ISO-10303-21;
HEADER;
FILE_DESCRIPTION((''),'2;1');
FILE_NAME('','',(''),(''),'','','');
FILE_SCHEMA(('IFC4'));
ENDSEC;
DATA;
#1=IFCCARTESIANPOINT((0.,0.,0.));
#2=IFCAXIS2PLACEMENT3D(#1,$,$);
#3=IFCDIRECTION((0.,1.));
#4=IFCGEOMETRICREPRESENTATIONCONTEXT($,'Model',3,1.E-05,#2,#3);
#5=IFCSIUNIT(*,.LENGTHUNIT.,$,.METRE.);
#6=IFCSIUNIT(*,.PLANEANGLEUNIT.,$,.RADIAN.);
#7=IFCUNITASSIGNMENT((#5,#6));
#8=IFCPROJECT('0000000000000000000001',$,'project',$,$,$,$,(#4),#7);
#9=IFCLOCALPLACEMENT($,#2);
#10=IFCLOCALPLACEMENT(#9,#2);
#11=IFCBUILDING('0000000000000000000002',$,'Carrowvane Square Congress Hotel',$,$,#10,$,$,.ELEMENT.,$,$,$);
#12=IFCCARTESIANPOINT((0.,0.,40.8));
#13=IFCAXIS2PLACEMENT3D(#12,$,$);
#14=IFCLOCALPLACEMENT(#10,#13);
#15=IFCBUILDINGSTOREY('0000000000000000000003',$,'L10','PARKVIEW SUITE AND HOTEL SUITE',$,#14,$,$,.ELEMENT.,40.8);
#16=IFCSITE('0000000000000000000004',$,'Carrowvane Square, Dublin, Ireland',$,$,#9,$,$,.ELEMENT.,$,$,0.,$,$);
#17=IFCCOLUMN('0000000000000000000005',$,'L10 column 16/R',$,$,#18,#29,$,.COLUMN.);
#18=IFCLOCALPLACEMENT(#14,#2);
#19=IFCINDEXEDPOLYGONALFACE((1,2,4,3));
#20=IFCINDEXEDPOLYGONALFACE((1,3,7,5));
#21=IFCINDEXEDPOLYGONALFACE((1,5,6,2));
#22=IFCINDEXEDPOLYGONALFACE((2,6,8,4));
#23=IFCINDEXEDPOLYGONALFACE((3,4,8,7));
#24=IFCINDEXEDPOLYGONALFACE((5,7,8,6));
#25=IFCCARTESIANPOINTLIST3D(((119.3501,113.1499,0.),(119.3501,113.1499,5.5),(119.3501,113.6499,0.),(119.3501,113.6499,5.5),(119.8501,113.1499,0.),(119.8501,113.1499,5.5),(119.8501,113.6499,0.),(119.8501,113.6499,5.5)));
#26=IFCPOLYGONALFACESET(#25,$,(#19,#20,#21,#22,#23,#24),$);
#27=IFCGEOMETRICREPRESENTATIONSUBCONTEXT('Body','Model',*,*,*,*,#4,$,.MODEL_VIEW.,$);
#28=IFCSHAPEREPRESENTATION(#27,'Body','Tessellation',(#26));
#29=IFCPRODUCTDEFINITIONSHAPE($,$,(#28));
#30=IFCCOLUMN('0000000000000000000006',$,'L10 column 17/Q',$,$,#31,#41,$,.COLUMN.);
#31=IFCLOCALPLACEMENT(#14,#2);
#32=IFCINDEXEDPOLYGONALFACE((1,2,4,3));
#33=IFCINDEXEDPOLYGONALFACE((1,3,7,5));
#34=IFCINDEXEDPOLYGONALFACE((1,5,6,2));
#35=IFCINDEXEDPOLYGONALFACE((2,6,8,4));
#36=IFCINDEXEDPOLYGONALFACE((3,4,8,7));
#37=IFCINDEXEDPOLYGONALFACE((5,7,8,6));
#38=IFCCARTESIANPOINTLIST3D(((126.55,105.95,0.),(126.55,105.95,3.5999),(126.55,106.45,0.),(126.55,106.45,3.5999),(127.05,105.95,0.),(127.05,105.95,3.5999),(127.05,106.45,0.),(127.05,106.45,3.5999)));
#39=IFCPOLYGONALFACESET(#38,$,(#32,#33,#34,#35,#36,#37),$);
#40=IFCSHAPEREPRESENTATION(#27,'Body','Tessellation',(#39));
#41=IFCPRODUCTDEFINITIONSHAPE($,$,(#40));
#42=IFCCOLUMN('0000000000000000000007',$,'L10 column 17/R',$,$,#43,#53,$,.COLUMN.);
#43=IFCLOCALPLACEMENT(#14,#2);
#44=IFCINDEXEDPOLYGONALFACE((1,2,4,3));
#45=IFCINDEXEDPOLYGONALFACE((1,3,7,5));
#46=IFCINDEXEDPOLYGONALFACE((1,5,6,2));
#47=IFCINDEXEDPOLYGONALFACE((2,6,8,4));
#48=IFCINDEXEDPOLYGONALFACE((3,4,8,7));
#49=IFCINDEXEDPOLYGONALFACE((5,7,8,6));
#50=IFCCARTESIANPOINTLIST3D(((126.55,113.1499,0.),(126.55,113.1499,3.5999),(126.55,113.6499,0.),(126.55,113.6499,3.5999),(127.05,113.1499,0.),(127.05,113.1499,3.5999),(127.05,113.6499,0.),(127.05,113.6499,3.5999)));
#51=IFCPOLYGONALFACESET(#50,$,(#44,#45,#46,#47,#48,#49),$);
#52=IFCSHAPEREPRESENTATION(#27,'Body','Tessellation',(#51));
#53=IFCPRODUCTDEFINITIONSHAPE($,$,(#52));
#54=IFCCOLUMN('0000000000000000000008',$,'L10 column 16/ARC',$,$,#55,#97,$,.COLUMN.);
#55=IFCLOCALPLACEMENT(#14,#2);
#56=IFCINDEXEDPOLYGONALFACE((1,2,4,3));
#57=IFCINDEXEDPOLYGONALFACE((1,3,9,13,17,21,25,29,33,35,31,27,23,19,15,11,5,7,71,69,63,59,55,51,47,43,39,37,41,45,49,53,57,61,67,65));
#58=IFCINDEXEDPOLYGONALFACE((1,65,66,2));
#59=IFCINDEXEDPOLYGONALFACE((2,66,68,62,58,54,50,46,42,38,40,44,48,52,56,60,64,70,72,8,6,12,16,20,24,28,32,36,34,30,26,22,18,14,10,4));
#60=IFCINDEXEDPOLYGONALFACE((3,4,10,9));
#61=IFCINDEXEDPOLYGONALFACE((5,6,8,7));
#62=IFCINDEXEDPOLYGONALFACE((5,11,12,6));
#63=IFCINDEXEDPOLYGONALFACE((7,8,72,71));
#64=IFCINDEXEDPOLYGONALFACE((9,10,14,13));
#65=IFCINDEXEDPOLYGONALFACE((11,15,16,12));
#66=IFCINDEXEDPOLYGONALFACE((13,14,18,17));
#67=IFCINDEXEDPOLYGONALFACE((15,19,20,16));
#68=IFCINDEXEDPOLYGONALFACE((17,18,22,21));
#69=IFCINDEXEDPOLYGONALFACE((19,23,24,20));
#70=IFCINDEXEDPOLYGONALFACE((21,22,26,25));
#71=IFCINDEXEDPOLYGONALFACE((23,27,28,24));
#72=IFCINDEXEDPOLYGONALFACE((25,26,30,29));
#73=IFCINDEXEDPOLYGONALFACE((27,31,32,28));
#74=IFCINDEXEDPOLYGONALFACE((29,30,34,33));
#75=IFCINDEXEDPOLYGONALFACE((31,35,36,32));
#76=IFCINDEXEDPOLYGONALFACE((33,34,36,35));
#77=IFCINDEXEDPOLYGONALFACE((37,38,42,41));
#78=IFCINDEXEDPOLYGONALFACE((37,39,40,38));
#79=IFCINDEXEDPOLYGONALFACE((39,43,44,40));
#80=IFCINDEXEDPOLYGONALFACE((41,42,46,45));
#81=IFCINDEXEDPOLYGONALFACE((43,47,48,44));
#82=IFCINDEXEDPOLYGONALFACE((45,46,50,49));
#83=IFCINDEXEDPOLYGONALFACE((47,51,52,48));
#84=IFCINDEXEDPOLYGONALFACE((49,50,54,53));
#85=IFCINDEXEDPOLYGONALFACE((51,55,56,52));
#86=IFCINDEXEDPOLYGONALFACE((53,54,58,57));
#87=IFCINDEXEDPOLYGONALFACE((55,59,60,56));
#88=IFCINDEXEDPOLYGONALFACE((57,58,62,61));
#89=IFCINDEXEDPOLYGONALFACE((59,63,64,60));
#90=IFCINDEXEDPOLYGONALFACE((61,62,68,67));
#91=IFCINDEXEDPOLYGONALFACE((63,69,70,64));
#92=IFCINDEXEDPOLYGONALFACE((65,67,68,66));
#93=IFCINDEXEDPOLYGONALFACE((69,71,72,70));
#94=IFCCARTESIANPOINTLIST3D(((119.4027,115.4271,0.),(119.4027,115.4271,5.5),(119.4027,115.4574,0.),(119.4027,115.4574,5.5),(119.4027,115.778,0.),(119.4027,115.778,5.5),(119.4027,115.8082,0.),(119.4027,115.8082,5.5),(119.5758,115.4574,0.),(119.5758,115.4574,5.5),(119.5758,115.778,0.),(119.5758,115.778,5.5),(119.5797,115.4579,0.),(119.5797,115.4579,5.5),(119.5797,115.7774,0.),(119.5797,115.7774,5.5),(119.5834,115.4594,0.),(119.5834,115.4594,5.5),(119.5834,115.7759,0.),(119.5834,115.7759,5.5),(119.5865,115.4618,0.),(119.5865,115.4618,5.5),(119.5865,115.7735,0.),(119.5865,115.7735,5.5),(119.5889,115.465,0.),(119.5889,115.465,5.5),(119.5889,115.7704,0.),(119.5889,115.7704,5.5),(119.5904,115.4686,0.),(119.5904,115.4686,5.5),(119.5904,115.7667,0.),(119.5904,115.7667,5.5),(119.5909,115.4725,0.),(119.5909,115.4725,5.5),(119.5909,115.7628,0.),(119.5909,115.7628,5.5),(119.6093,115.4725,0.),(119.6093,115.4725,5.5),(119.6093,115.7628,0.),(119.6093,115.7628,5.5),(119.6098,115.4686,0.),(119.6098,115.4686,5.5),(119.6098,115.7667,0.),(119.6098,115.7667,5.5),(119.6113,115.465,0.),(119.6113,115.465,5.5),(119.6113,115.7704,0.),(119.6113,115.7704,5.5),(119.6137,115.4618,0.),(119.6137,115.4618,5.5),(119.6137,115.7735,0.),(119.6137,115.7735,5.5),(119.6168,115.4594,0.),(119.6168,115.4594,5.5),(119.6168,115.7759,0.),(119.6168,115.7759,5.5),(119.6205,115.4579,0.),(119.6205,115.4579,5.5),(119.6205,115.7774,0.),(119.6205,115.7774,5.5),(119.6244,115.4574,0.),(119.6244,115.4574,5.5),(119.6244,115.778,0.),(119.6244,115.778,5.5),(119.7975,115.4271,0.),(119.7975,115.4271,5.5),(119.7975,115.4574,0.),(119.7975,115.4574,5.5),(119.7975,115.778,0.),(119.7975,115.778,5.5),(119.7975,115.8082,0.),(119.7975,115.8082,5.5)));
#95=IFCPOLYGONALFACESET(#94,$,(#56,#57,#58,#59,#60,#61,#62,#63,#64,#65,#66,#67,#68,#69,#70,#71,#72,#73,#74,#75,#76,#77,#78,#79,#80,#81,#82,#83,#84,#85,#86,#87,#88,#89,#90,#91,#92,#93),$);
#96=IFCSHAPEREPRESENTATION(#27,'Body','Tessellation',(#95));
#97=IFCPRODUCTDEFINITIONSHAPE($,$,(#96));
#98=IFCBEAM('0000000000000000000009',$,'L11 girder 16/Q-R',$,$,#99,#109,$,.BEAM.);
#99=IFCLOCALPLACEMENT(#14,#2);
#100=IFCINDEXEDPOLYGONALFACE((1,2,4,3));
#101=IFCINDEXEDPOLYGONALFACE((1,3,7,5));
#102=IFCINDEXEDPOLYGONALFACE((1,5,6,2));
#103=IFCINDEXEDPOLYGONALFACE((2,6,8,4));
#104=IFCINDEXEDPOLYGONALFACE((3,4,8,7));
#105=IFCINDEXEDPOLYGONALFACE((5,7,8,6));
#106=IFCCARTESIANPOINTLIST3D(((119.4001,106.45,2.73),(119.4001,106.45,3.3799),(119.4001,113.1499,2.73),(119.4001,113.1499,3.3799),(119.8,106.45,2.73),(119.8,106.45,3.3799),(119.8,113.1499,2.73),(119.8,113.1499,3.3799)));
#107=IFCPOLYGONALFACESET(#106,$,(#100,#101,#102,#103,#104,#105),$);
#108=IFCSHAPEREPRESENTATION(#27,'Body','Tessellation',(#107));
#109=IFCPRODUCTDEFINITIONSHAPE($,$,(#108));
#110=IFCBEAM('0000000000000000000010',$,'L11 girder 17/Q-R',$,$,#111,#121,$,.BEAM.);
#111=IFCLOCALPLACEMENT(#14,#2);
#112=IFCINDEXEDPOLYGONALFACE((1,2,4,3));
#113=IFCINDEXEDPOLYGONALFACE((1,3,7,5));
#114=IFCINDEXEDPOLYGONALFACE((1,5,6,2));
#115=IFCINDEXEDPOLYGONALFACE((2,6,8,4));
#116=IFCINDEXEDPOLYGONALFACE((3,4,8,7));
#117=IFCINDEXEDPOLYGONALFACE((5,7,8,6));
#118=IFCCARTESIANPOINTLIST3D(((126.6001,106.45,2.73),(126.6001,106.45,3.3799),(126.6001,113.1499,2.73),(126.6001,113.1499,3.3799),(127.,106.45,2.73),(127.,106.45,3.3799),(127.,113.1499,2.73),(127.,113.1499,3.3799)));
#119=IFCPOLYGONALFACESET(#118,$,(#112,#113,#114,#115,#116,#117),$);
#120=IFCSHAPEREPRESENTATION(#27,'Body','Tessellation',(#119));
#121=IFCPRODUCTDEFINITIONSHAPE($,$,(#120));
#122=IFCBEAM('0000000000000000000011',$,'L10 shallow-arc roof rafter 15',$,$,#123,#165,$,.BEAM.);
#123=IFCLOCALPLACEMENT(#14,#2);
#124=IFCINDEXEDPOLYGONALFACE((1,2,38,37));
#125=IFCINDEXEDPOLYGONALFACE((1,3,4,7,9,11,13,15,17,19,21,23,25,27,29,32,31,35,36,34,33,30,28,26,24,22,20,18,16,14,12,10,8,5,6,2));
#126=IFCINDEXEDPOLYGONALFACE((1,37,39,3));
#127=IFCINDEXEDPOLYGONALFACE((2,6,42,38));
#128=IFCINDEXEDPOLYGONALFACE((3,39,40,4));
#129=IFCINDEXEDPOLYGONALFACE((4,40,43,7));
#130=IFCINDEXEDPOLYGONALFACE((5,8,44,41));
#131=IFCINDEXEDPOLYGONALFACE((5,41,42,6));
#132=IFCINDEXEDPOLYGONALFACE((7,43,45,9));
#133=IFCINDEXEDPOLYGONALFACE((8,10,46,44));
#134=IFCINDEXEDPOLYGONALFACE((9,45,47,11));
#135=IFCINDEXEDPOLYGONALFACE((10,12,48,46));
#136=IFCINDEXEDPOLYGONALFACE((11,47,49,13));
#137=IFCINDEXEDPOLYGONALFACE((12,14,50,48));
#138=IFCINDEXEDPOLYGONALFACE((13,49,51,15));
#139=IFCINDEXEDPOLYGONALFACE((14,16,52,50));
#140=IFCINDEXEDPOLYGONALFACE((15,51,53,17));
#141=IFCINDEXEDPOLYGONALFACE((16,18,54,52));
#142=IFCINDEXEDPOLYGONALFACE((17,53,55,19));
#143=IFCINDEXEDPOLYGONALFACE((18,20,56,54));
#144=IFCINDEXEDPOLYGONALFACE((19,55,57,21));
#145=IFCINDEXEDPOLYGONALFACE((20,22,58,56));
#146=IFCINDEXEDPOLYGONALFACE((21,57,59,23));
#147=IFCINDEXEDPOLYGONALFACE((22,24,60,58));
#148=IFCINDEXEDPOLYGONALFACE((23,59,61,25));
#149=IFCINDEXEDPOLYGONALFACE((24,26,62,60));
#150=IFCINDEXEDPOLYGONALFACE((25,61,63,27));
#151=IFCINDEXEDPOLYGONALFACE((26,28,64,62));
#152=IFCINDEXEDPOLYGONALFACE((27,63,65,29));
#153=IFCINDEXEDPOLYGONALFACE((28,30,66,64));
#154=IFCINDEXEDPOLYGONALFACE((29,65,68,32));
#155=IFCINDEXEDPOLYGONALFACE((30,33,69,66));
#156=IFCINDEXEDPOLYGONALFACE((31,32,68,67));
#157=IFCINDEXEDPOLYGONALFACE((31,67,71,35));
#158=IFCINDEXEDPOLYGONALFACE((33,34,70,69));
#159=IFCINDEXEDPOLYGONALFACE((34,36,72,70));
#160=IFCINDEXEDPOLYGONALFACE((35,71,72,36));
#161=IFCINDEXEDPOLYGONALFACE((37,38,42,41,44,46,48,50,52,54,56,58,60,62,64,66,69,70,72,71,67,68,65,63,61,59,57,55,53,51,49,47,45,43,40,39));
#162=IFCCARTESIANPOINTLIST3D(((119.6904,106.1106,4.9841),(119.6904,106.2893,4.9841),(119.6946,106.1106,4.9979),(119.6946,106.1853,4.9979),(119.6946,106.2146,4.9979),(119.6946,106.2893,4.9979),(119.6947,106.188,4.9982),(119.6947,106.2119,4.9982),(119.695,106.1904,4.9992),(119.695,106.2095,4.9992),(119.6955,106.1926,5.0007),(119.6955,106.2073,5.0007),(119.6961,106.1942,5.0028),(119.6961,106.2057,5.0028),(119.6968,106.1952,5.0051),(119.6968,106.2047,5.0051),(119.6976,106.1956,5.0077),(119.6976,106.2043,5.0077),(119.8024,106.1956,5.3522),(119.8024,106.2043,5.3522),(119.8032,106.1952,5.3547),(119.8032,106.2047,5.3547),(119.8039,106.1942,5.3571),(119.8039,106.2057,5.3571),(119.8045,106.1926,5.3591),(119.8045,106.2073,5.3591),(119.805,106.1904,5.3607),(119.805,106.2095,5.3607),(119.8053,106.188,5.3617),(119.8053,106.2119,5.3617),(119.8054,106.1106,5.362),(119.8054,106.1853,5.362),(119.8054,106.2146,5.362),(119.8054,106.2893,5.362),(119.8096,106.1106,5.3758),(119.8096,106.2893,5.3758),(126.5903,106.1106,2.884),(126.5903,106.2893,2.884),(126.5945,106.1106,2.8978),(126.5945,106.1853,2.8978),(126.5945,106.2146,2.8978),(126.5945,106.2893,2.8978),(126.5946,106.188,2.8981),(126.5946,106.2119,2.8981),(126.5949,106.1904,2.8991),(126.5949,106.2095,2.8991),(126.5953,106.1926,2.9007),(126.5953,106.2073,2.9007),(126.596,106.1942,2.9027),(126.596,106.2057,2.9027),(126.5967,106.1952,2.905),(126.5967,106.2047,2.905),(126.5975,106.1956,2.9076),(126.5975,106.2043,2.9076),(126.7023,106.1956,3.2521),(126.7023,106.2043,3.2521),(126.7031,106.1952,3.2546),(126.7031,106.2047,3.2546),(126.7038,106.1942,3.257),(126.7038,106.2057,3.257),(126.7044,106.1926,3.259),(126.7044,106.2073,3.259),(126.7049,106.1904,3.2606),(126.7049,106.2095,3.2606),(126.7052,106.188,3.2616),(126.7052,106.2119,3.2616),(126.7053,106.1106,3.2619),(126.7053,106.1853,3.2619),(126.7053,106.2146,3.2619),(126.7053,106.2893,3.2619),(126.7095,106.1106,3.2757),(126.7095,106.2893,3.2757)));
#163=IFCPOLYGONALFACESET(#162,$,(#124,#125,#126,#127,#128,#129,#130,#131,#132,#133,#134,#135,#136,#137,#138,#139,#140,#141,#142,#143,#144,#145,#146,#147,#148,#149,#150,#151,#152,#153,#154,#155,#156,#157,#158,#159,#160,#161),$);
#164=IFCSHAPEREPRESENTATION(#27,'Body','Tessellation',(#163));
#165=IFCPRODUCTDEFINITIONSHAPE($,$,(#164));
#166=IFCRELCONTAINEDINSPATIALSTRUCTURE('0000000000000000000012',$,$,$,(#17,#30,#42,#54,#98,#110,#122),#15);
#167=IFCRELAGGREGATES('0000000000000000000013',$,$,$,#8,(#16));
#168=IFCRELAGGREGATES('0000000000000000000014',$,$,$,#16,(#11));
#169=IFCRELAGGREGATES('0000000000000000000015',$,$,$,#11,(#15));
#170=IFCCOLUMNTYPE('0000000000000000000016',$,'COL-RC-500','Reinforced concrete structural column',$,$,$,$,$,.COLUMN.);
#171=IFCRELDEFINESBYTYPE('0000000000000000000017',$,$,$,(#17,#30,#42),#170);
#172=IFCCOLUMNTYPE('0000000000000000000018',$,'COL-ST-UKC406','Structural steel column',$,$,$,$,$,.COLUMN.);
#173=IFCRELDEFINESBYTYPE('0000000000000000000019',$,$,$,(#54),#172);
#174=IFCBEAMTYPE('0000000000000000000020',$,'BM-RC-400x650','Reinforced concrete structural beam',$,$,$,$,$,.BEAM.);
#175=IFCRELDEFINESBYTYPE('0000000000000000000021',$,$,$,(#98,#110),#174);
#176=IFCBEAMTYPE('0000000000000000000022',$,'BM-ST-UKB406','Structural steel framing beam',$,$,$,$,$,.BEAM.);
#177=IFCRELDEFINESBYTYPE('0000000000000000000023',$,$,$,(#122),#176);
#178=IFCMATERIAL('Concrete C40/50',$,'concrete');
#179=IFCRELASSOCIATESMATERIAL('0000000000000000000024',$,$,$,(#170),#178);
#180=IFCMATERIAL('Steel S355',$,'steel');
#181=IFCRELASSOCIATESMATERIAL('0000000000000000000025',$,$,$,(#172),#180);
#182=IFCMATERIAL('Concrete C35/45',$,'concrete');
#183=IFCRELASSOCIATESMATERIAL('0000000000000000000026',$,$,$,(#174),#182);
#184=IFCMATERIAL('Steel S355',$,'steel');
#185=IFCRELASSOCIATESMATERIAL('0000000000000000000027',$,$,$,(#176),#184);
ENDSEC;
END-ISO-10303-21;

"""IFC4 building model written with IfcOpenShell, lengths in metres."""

from ifc_helpers import new_model, si_unit, direction, frame, origin, origin_2d, place, context, subcontext, project, spatial, rectangle, i_section, extrude, material, material_profile, profile_set, type_object, element, save


model = new_model("IFC4")

# Units and contexts
model_context = context("Model", 3, precision=1e-05, world=origin(), true_north=direction((0.0, 1.0)))
body_context = subcontext(model_context, "Body", "Model", "MODEL_VIEW")
ifc_project = project(units=[si_unit("LENGTHUNIT", "METRE"), si_unit("PLANEANGLEUNIT", "RADIAN")], contexts=[model_context])

# Site, building, storey
site_placement = place(None, origin())
site = spatial("IfcSite", under=ifc_project, at=site_placement, Name="Carrowvane Square, Dublin, Ireland", CompositionType="ELEMENT", RefElevation=0.0)
building_placement = place(site_placement, origin())
building = spatial("IfcBuilding", under=site, at=building_placement, Name="Carrowvane Square Congress Hotel", CompositionType="ELEMENT")
storey_placement = place(building_placement, frame((0.0, 0.0, 40.8)))
storey = spatial("IfcBuildingStorey", under=building, at=storey_placement, Name="L10", Description="PARKVIEW SUITE AND HOTEL SUITE", CompositionType="ELEMENT", Elevation=40.8)

# Columns
ifc_material_1 = material(Name="Concrete C40/50", Category="concrete")
ifc_material_profile_1 = material_profile(ifc_material_1, rectangle(XDim=0.5, YDim=0.5, at=origin_2d()), Name="RC 500x500")
ifc_profile_set_1 = profile_set([ifc_material_profile_1], Name="Concrete C40/50")
column_type_1 = type_object("IfcColumnType", Name="COL-RC-500", Description="Reinforced concrete structural column", PredefinedType="COLUMN", material=ifc_profile_set_1)
column_1_placement = place(storey_placement, frame((119.6001, 113.3999, 0.0), z_axis=(0.0, 0.0, 1.0), x_axis=(1.0, 0.0, 0.0)))
element("IfcColumn", 1, at=column_1_placement, inside=storey, type_object=column_type_1, Name="L10 column 16/R", PredefinedType="COLUMN", context=body_context, shape_type="SweptSolid", body=[
    extrude(rectangle(XDim=0.5, YDim=0.5, at=origin_2d()), origin(), (0.0, 0.0, 1.0), 5.5),
])
for number, where, z_axis, x_axis, name in (
    (2, (126.8, 106.2, 0.0), (0.0, 0.0, 1.0), (1.0, 0.0, 0.0), "L10 column 17/Q"),
    (3, (126.8, 113.3999, 0.0), (0.0, 0.0, 1.0), (1.0, 0.0, 0.0), "L10 column 17/R"),
):
    element("IfcColumn", number, at=place(storey_placement, frame(where, z_axis=z_axis, x_axis=x_axis)), inside=storey, type_object=column_type_1, Name=name, PredefinedType="COLUMN", context=body_context, shape_type="SweptSolid", body=[
        extrude(rectangle(XDim=0.5, YDim=0.5, at=origin_2d()), origin(), (0.0, 0.0, 1.0), 3.5999),
    ])
ifc_material_2 = material(Name="Steel S355", Category="steel")
ifc_material_profile_2 = material_profile(ifc_material_2, i_section(OverallWidth=0.3948, OverallDepth=0.3811, WebThickness=0.0183, FlangeThickness=0.0303, FilletRadius=0.0151, at=origin_2d()), Name="UKC 356x406x235")
ifc_profile_set_2 = profile_set([ifc_material_profile_2], Name="Steel S355")
column_type_2 = type_object("IfcColumnType", Name="COL-ST-UKC406", Description="Structural steel column", PredefinedType="COLUMN", material=ifc_profile_set_2)
column_2_placement = place(storey_placement, frame((119.6001, 115.6177, 0.0), z_axis=(0.0, 0.0, 1.0), x_axis=(1.0, 0.0, 0.0)))
element("IfcColumn", 4, at=column_2_placement, inside=storey, type_object=column_type_2, Name="L10 column 16/ARC", PredefinedType="COLUMN", context=body_context, shape_type="SweptSolid", body=[
    extrude(i_section(OverallWidth=0.3948, OverallDepth=0.3811, WebThickness=0.0183, FlangeThickness=0.0303, FilletRadius=0.0151, at=origin_2d()), origin(), (0.0, 0.0, 1.0), 5.5),
])

# Beams
ifc_material_3 = material(Name="Concrete C35/45", Category="concrete")
ifc_material_profile_3 = material_profile(ifc_material_3, rectangle(XDim=0.3999, YDim=0.6499, at=origin_2d()), Name="RC 400x650")
ifc_profile_set_3 = profile_set([ifc_material_profile_3], Name="Concrete C35/45")
beam_type_1 = type_object("IfcBeamType", Name="BM-RC-400x650", Description="Reinforced concrete structural beam", PredefinedType="BEAM", material=ifc_profile_set_3)
for number, where, z_axis, x_axis, name in (
    (5, (119.6001, 106.45, 3.0549), (0.0, 1.0, 0.0), (-1.0, 0.0, 0.0), "L11 girder 16/Q-R"),
    (6, (126.8, 106.45, 3.0549), (0.0, 1.0, 0.0), (-1.0, 0.0, 0.0), "L11 girder 17/Q-R"),
):
    element("IfcBeam", number, at=place(storey_placement, frame(where, z_axis=z_axis, x_axis=x_axis)), inside=storey, type_object=beam_type_1, Name=name, PredefinedType="BEAM", context=body_context, shape_type="SweptSolid", body=[
        extrude(rectangle(XDim=0.3999, YDim=0.6499, at=origin_2d()), origin(), (0.0, 0.0, 1.0), 6.7),
    ])
ifc_material_4 = material(Name="Steel S355", Category="steel")
ifc_material_profile_4 = material_profile(ifc_material_4, i_section(OverallWidth=0.1787, OverallDepth=0.4094, WebThickness=0.0088, FlangeThickness=0.0144, FilletRadius=0.0103, at=origin_2d()), Name="UKB 406x178x67")
ifc_profile_set_4 = profile_set([ifc_material_profile_4], Name="Steel S355")
beam_type_2 = type_object("IfcBeamType", Name="BM-ST-UKB406", Description="Structural steel framing beam", PredefinedType="BEAM", material=ifc_profile_set_4)
for number, where, z_axis, x_axis, name in (
    (7, (119.75, 106.2, 5.1799), (0.956669, 0.0, -0.291178), (0.0, 1.0, 0.0), "L10 shallow-arc roof rafter 15"),
):
    element("IfcBeam", number, at=place(storey_placement, frame(where, z_axis=z_axis, x_axis=x_axis)), inside=storey, type_object=beam_type_2, Name=name, PredefinedType="BEAM", context=body_context, shape_type="SweptSolid", body=[
        extrude(i_section(OverallWidth=0.1787, OverallDepth=0.4094, WebThickness=0.0088, FlangeThickness=0.0144, FilletRadius=0.0103, at=origin_2d()), origin(), (0.0, 0.0, 1.0), 7.2124),
    ])

save(model, "model.ifc")
